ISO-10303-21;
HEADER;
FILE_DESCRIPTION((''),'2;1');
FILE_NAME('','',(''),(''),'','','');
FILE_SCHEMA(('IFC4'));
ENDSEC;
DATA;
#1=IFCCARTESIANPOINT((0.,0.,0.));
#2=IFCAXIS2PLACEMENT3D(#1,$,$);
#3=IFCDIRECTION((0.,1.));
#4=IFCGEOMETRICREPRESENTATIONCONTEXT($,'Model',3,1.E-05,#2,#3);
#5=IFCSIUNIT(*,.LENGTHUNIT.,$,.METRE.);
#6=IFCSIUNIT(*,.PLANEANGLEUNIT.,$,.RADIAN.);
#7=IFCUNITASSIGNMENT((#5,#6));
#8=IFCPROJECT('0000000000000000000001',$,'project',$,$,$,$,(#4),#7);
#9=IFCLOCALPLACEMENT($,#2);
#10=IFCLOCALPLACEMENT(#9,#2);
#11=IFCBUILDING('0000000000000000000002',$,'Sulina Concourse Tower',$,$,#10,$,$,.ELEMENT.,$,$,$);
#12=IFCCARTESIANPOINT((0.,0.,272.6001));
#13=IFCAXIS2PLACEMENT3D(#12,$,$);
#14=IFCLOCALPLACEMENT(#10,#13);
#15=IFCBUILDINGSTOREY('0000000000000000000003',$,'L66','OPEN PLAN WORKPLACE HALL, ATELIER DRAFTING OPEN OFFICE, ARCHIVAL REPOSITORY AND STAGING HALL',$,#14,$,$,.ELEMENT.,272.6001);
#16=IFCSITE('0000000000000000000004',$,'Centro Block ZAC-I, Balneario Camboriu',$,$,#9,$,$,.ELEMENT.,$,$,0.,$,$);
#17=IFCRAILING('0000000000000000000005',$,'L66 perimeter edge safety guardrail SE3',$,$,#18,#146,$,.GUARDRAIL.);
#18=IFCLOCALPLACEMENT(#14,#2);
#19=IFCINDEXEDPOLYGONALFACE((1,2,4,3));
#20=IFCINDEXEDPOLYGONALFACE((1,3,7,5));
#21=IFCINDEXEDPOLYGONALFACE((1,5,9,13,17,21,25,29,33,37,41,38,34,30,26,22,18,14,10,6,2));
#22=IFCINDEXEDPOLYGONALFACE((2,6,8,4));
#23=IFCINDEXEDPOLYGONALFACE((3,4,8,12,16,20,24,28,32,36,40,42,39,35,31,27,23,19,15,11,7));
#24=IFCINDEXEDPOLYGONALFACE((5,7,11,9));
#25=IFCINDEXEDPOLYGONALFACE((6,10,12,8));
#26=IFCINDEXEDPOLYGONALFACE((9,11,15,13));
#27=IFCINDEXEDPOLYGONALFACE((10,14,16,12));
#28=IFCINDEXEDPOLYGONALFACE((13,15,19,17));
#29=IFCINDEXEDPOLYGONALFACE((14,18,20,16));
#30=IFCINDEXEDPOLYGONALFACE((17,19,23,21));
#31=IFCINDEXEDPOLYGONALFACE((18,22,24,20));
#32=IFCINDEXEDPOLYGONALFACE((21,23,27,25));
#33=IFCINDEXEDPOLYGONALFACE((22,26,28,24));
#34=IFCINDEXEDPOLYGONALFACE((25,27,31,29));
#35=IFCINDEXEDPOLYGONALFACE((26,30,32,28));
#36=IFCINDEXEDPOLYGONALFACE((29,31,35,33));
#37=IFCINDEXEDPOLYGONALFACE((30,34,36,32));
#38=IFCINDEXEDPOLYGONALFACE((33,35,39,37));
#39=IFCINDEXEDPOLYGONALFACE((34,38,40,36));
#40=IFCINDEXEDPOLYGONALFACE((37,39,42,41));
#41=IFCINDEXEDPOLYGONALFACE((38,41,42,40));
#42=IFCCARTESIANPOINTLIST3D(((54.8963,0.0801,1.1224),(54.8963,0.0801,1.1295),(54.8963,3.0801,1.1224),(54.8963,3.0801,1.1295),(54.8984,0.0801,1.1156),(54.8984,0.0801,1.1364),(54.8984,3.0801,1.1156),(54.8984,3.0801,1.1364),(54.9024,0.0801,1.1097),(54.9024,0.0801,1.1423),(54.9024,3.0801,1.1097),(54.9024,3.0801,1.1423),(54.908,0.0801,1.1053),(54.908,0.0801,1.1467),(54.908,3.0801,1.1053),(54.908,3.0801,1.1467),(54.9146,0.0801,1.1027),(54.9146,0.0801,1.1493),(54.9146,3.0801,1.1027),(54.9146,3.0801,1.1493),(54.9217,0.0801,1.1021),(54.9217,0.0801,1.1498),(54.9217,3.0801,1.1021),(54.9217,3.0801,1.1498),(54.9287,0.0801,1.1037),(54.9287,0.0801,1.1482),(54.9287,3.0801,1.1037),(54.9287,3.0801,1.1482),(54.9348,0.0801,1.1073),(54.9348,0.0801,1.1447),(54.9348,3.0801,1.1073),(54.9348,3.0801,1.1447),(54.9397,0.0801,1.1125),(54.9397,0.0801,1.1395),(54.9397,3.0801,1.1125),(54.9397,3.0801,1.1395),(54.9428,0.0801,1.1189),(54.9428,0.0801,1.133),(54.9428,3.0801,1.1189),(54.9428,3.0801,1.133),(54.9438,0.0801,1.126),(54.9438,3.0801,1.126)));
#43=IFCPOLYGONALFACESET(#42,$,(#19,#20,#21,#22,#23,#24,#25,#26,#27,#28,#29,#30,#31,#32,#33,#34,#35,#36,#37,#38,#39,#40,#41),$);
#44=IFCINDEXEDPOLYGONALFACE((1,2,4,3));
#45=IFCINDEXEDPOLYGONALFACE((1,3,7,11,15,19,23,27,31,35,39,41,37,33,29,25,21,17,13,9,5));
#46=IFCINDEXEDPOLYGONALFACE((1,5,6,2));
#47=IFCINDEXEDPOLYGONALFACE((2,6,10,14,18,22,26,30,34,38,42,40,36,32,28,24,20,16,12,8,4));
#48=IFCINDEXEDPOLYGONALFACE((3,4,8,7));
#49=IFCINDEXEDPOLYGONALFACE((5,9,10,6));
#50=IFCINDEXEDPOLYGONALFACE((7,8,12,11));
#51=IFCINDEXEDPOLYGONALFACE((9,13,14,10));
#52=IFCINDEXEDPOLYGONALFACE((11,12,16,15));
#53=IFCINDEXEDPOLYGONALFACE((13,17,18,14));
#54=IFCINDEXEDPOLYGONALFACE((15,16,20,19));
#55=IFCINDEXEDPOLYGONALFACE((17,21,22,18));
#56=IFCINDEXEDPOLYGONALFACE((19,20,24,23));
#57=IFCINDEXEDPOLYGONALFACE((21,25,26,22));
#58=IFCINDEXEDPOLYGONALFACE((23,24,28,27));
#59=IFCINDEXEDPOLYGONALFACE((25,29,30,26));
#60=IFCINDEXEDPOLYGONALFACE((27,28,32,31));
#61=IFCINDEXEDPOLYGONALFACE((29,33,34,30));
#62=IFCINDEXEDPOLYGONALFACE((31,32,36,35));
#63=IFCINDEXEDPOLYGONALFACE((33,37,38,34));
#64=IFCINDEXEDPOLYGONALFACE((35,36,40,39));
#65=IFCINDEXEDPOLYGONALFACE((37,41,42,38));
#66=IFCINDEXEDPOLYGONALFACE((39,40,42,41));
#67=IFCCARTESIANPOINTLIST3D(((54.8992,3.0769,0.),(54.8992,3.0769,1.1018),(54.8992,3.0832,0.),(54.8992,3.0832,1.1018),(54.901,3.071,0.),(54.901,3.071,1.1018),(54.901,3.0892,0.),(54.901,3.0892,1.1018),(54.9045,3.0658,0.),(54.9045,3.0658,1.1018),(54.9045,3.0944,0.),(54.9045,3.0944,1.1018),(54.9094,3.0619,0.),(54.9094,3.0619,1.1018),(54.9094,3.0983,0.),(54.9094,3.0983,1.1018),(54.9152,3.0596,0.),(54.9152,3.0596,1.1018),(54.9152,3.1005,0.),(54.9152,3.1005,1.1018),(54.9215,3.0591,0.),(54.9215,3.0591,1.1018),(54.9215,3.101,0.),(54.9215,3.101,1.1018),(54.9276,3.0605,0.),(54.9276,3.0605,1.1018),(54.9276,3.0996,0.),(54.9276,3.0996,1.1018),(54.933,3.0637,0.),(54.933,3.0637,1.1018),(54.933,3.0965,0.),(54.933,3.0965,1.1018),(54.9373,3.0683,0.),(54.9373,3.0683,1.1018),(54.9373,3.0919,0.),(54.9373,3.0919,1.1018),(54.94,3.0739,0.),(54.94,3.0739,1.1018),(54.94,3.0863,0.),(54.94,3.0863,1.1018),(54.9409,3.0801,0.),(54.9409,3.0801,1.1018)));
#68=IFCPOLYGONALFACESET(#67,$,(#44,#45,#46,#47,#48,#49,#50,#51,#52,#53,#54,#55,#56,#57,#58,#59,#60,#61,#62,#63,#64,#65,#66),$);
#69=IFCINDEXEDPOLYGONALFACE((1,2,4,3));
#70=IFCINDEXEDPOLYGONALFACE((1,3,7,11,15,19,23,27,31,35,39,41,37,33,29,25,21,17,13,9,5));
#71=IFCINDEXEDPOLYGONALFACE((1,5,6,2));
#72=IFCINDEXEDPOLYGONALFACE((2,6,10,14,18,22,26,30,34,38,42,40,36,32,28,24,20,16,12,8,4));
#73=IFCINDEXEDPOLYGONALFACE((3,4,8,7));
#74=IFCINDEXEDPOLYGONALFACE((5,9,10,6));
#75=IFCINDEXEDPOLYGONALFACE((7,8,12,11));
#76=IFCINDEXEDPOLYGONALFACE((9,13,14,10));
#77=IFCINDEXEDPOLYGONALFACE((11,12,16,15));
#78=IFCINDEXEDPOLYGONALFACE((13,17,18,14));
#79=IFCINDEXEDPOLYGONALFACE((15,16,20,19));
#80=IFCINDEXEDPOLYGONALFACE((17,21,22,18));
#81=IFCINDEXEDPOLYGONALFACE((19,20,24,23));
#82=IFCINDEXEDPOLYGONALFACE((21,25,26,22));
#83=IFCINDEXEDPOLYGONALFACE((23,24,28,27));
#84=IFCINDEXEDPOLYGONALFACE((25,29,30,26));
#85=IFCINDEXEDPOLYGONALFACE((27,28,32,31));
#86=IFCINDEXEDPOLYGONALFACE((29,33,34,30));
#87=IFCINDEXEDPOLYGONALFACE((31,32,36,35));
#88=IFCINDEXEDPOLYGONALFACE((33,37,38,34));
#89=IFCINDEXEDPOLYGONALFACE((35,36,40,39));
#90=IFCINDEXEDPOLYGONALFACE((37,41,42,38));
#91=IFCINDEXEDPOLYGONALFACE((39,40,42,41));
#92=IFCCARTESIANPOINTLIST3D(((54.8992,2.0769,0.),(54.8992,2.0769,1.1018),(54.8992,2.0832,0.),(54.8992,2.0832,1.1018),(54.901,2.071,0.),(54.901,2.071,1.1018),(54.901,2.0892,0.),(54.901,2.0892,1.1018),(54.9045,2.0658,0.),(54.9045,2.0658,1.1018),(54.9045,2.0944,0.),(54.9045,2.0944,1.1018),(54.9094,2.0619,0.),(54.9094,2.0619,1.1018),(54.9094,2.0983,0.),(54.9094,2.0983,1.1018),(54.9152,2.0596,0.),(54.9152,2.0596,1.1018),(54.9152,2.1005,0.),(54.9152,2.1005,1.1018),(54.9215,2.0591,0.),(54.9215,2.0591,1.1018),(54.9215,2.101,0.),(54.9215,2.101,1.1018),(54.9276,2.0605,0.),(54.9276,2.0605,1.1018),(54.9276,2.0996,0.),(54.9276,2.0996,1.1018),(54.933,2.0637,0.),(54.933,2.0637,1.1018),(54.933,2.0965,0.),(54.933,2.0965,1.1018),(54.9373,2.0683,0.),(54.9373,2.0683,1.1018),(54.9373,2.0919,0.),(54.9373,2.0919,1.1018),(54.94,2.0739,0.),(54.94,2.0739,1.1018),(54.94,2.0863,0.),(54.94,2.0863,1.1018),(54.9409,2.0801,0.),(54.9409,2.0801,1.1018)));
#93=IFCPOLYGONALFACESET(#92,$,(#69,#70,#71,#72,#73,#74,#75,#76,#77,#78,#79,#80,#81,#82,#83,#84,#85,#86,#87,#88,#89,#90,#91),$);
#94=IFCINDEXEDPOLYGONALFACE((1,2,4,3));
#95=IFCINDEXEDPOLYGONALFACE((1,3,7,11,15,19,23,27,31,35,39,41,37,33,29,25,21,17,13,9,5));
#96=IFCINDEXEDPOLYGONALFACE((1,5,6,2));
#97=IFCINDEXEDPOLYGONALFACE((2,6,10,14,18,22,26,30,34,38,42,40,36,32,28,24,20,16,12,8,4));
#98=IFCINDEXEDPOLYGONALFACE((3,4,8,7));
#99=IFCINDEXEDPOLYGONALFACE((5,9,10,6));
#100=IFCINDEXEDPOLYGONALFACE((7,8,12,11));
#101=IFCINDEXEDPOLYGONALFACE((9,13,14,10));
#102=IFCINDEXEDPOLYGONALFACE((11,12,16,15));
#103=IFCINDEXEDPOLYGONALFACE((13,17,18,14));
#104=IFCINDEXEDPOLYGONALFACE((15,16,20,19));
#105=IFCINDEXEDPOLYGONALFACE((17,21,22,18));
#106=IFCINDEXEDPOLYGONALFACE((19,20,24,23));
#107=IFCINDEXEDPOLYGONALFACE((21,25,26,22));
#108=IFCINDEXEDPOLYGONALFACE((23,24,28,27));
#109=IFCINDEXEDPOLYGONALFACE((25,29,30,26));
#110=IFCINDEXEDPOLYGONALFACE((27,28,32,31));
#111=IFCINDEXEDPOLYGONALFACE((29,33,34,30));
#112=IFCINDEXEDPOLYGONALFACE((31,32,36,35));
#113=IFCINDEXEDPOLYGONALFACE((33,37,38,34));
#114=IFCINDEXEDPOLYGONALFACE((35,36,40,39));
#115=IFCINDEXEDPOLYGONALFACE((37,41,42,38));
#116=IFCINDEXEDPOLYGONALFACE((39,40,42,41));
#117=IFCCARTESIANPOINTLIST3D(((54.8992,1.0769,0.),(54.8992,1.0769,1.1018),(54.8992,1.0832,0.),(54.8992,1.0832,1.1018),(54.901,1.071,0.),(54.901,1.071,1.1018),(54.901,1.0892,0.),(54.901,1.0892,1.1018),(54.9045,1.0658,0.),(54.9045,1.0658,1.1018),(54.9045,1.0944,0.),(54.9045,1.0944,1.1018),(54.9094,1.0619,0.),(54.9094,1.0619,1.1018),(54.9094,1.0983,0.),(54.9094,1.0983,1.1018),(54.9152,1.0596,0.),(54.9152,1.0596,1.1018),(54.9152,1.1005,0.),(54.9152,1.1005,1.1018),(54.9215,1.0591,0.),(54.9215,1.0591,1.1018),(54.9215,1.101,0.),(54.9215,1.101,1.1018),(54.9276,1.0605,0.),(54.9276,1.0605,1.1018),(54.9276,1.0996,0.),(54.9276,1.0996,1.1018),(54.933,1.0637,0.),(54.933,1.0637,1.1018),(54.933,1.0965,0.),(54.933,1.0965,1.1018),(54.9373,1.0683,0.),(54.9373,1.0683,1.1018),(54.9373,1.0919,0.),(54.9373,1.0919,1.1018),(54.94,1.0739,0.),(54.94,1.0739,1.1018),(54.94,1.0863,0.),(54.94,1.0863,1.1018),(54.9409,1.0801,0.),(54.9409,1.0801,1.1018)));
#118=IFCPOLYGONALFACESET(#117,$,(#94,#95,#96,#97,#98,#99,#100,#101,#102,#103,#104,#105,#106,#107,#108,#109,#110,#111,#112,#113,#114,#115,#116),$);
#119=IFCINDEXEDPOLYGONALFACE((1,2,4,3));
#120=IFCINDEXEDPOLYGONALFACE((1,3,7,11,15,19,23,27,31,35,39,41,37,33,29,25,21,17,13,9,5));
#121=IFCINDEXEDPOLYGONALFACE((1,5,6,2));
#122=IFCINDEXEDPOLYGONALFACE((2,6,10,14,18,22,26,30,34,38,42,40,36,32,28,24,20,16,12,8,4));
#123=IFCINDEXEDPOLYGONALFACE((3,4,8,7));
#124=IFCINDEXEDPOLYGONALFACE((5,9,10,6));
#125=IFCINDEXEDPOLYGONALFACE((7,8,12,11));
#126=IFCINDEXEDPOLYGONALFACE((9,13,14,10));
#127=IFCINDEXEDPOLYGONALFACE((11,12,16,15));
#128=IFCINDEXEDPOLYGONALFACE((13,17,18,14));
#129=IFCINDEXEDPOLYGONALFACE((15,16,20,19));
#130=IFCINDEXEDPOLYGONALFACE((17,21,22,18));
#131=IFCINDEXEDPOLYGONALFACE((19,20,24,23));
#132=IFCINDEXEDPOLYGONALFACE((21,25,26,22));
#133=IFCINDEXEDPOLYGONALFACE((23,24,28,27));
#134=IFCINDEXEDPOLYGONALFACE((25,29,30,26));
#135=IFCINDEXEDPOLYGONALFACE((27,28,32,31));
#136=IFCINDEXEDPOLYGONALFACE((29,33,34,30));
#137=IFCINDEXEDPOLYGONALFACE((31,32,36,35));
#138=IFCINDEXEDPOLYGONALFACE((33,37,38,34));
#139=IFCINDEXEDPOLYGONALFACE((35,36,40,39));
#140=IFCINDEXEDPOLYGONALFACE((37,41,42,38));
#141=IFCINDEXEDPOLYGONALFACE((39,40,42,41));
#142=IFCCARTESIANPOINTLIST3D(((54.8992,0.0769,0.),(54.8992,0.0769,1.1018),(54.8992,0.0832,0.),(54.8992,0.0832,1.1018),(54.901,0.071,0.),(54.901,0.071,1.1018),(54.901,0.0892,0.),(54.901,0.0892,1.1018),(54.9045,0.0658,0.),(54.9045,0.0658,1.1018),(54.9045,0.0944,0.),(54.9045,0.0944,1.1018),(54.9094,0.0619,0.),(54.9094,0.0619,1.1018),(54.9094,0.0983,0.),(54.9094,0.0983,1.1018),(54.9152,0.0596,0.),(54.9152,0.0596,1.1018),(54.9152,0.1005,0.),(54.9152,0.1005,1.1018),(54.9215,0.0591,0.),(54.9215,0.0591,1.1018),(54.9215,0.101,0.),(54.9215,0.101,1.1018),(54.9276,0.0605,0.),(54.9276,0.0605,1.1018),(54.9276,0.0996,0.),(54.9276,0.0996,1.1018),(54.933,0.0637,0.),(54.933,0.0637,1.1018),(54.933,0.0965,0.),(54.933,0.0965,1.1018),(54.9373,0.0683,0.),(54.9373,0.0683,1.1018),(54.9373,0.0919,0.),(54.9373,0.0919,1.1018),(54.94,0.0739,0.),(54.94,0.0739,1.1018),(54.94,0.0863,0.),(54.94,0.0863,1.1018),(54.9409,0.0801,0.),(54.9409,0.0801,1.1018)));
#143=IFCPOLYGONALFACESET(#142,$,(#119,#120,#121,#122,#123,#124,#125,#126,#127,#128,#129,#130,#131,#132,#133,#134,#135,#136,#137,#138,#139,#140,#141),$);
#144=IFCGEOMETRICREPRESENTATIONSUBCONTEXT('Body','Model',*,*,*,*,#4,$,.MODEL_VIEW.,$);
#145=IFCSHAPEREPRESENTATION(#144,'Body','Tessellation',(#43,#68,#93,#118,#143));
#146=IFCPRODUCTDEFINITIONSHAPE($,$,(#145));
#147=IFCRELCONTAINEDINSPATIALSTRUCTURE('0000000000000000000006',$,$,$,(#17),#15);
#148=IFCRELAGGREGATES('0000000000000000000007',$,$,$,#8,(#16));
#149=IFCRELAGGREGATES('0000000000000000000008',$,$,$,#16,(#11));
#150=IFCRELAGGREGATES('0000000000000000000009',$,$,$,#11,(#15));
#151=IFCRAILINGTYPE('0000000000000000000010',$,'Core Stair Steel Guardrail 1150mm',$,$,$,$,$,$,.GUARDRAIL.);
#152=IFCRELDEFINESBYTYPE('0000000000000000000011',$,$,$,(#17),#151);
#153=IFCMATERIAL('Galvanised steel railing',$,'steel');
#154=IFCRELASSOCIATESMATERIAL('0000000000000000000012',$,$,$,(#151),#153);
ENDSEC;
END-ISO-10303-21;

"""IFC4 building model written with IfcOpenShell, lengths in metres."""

from ifc_helpers import new_model, si_unit, direction, frame, origin, origin_2d, place, context, subcontext, project, spatial, circle, extrude, material, type_object, element, save


model = new_model("IFC4")

# Units and contexts
model_context = context("Model", 3, precision=1e-05, world=origin(), true_north=direction((0.0, 1.0)))
body_context = subcontext(model_context, "Body", "Model", "MODEL_VIEW")
ifc_project = project(units=[si_unit("LENGTHUNIT", "METRE"), si_unit("PLANEANGLEUNIT", "RADIAN")], contexts=[model_context])

# Site, building, storey
site_placement = place(None, origin())
site = spatial("IfcSite", under=ifc_project, at=site_placement, Name="Centro Block ZAC-I, Balneario Camboriu", CompositionType="ELEMENT", RefElevation=0.0)
building_placement = place(site_placement, origin())
building = spatial("IfcBuilding", under=site, at=building_placement, Name="Sulina Concourse Tower", CompositionType="ELEMENT")
storey_placement = place(building_placement, frame((0.0, 0.0, 272.6001)))
storey = spatial("IfcBuildingStorey", under=building, at=storey_placement, Name="L66", Description="OPEN PLAN WORKPLACE HALL, ATELIER DRAFTING OPEN OFFICE, ARCHIVAL REPOSITORY AND STAGING HALL", CompositionType="ELEMENT", Elevation=272.6001)

# Railing
ifc_material_1 = material(Name="Galvanised steel railing", Category="steel")
railing_type = type_object("IfcRailingType", Name="Core Stair Steel Guardrail 1150mm", PredefinedType="GUARDRAIL", material=ifc_material_1)
railing_1_placement = place(storey_placement, frame((54.9199, 3.0801, 0.0)))
element("IfcRailing", 1, at=railing_1_placement, inside=storey, type_object=railing_type, Name="L66 perimeter edge safety guardrail SE3", PredefinedType="GUARDRAIL", context=body_context, shape_type="SweptSolid", body=[
    extrude(circle(Radius=0.0239, at=origin_2d()), frame((0.0, 0.0, 1.126), z_axis=(0.0, -1.0, 0.0), x_axis=(1.0, 0.0, 0.0)), (0.0, 0.0, 1.0), 3.0),
    extrude(circle(Radius=0.021, at=origin_2d()), origin(), (0.0, 0.0, 1.0), 1.1018),
    extrude(circle(Radius=0.021, at=origin_2d()), frame((0.0, -1.0, 0.0)), (0.0, 0.0, 1.0), 1.1018),
    extrude(circle(Radius=0.021, at=origin_2d()), frame((0.0, -2.0, 0.0)), (0.0, 0.0, 1.0), 1.1018),
    extrude(circle(Radius=0.021, at=origin_2d()), frame((0.0, -3.0, 0.0)), (0.0, 0.0, 1.0), 1.1018),
])

save(model, "model.ifc")
